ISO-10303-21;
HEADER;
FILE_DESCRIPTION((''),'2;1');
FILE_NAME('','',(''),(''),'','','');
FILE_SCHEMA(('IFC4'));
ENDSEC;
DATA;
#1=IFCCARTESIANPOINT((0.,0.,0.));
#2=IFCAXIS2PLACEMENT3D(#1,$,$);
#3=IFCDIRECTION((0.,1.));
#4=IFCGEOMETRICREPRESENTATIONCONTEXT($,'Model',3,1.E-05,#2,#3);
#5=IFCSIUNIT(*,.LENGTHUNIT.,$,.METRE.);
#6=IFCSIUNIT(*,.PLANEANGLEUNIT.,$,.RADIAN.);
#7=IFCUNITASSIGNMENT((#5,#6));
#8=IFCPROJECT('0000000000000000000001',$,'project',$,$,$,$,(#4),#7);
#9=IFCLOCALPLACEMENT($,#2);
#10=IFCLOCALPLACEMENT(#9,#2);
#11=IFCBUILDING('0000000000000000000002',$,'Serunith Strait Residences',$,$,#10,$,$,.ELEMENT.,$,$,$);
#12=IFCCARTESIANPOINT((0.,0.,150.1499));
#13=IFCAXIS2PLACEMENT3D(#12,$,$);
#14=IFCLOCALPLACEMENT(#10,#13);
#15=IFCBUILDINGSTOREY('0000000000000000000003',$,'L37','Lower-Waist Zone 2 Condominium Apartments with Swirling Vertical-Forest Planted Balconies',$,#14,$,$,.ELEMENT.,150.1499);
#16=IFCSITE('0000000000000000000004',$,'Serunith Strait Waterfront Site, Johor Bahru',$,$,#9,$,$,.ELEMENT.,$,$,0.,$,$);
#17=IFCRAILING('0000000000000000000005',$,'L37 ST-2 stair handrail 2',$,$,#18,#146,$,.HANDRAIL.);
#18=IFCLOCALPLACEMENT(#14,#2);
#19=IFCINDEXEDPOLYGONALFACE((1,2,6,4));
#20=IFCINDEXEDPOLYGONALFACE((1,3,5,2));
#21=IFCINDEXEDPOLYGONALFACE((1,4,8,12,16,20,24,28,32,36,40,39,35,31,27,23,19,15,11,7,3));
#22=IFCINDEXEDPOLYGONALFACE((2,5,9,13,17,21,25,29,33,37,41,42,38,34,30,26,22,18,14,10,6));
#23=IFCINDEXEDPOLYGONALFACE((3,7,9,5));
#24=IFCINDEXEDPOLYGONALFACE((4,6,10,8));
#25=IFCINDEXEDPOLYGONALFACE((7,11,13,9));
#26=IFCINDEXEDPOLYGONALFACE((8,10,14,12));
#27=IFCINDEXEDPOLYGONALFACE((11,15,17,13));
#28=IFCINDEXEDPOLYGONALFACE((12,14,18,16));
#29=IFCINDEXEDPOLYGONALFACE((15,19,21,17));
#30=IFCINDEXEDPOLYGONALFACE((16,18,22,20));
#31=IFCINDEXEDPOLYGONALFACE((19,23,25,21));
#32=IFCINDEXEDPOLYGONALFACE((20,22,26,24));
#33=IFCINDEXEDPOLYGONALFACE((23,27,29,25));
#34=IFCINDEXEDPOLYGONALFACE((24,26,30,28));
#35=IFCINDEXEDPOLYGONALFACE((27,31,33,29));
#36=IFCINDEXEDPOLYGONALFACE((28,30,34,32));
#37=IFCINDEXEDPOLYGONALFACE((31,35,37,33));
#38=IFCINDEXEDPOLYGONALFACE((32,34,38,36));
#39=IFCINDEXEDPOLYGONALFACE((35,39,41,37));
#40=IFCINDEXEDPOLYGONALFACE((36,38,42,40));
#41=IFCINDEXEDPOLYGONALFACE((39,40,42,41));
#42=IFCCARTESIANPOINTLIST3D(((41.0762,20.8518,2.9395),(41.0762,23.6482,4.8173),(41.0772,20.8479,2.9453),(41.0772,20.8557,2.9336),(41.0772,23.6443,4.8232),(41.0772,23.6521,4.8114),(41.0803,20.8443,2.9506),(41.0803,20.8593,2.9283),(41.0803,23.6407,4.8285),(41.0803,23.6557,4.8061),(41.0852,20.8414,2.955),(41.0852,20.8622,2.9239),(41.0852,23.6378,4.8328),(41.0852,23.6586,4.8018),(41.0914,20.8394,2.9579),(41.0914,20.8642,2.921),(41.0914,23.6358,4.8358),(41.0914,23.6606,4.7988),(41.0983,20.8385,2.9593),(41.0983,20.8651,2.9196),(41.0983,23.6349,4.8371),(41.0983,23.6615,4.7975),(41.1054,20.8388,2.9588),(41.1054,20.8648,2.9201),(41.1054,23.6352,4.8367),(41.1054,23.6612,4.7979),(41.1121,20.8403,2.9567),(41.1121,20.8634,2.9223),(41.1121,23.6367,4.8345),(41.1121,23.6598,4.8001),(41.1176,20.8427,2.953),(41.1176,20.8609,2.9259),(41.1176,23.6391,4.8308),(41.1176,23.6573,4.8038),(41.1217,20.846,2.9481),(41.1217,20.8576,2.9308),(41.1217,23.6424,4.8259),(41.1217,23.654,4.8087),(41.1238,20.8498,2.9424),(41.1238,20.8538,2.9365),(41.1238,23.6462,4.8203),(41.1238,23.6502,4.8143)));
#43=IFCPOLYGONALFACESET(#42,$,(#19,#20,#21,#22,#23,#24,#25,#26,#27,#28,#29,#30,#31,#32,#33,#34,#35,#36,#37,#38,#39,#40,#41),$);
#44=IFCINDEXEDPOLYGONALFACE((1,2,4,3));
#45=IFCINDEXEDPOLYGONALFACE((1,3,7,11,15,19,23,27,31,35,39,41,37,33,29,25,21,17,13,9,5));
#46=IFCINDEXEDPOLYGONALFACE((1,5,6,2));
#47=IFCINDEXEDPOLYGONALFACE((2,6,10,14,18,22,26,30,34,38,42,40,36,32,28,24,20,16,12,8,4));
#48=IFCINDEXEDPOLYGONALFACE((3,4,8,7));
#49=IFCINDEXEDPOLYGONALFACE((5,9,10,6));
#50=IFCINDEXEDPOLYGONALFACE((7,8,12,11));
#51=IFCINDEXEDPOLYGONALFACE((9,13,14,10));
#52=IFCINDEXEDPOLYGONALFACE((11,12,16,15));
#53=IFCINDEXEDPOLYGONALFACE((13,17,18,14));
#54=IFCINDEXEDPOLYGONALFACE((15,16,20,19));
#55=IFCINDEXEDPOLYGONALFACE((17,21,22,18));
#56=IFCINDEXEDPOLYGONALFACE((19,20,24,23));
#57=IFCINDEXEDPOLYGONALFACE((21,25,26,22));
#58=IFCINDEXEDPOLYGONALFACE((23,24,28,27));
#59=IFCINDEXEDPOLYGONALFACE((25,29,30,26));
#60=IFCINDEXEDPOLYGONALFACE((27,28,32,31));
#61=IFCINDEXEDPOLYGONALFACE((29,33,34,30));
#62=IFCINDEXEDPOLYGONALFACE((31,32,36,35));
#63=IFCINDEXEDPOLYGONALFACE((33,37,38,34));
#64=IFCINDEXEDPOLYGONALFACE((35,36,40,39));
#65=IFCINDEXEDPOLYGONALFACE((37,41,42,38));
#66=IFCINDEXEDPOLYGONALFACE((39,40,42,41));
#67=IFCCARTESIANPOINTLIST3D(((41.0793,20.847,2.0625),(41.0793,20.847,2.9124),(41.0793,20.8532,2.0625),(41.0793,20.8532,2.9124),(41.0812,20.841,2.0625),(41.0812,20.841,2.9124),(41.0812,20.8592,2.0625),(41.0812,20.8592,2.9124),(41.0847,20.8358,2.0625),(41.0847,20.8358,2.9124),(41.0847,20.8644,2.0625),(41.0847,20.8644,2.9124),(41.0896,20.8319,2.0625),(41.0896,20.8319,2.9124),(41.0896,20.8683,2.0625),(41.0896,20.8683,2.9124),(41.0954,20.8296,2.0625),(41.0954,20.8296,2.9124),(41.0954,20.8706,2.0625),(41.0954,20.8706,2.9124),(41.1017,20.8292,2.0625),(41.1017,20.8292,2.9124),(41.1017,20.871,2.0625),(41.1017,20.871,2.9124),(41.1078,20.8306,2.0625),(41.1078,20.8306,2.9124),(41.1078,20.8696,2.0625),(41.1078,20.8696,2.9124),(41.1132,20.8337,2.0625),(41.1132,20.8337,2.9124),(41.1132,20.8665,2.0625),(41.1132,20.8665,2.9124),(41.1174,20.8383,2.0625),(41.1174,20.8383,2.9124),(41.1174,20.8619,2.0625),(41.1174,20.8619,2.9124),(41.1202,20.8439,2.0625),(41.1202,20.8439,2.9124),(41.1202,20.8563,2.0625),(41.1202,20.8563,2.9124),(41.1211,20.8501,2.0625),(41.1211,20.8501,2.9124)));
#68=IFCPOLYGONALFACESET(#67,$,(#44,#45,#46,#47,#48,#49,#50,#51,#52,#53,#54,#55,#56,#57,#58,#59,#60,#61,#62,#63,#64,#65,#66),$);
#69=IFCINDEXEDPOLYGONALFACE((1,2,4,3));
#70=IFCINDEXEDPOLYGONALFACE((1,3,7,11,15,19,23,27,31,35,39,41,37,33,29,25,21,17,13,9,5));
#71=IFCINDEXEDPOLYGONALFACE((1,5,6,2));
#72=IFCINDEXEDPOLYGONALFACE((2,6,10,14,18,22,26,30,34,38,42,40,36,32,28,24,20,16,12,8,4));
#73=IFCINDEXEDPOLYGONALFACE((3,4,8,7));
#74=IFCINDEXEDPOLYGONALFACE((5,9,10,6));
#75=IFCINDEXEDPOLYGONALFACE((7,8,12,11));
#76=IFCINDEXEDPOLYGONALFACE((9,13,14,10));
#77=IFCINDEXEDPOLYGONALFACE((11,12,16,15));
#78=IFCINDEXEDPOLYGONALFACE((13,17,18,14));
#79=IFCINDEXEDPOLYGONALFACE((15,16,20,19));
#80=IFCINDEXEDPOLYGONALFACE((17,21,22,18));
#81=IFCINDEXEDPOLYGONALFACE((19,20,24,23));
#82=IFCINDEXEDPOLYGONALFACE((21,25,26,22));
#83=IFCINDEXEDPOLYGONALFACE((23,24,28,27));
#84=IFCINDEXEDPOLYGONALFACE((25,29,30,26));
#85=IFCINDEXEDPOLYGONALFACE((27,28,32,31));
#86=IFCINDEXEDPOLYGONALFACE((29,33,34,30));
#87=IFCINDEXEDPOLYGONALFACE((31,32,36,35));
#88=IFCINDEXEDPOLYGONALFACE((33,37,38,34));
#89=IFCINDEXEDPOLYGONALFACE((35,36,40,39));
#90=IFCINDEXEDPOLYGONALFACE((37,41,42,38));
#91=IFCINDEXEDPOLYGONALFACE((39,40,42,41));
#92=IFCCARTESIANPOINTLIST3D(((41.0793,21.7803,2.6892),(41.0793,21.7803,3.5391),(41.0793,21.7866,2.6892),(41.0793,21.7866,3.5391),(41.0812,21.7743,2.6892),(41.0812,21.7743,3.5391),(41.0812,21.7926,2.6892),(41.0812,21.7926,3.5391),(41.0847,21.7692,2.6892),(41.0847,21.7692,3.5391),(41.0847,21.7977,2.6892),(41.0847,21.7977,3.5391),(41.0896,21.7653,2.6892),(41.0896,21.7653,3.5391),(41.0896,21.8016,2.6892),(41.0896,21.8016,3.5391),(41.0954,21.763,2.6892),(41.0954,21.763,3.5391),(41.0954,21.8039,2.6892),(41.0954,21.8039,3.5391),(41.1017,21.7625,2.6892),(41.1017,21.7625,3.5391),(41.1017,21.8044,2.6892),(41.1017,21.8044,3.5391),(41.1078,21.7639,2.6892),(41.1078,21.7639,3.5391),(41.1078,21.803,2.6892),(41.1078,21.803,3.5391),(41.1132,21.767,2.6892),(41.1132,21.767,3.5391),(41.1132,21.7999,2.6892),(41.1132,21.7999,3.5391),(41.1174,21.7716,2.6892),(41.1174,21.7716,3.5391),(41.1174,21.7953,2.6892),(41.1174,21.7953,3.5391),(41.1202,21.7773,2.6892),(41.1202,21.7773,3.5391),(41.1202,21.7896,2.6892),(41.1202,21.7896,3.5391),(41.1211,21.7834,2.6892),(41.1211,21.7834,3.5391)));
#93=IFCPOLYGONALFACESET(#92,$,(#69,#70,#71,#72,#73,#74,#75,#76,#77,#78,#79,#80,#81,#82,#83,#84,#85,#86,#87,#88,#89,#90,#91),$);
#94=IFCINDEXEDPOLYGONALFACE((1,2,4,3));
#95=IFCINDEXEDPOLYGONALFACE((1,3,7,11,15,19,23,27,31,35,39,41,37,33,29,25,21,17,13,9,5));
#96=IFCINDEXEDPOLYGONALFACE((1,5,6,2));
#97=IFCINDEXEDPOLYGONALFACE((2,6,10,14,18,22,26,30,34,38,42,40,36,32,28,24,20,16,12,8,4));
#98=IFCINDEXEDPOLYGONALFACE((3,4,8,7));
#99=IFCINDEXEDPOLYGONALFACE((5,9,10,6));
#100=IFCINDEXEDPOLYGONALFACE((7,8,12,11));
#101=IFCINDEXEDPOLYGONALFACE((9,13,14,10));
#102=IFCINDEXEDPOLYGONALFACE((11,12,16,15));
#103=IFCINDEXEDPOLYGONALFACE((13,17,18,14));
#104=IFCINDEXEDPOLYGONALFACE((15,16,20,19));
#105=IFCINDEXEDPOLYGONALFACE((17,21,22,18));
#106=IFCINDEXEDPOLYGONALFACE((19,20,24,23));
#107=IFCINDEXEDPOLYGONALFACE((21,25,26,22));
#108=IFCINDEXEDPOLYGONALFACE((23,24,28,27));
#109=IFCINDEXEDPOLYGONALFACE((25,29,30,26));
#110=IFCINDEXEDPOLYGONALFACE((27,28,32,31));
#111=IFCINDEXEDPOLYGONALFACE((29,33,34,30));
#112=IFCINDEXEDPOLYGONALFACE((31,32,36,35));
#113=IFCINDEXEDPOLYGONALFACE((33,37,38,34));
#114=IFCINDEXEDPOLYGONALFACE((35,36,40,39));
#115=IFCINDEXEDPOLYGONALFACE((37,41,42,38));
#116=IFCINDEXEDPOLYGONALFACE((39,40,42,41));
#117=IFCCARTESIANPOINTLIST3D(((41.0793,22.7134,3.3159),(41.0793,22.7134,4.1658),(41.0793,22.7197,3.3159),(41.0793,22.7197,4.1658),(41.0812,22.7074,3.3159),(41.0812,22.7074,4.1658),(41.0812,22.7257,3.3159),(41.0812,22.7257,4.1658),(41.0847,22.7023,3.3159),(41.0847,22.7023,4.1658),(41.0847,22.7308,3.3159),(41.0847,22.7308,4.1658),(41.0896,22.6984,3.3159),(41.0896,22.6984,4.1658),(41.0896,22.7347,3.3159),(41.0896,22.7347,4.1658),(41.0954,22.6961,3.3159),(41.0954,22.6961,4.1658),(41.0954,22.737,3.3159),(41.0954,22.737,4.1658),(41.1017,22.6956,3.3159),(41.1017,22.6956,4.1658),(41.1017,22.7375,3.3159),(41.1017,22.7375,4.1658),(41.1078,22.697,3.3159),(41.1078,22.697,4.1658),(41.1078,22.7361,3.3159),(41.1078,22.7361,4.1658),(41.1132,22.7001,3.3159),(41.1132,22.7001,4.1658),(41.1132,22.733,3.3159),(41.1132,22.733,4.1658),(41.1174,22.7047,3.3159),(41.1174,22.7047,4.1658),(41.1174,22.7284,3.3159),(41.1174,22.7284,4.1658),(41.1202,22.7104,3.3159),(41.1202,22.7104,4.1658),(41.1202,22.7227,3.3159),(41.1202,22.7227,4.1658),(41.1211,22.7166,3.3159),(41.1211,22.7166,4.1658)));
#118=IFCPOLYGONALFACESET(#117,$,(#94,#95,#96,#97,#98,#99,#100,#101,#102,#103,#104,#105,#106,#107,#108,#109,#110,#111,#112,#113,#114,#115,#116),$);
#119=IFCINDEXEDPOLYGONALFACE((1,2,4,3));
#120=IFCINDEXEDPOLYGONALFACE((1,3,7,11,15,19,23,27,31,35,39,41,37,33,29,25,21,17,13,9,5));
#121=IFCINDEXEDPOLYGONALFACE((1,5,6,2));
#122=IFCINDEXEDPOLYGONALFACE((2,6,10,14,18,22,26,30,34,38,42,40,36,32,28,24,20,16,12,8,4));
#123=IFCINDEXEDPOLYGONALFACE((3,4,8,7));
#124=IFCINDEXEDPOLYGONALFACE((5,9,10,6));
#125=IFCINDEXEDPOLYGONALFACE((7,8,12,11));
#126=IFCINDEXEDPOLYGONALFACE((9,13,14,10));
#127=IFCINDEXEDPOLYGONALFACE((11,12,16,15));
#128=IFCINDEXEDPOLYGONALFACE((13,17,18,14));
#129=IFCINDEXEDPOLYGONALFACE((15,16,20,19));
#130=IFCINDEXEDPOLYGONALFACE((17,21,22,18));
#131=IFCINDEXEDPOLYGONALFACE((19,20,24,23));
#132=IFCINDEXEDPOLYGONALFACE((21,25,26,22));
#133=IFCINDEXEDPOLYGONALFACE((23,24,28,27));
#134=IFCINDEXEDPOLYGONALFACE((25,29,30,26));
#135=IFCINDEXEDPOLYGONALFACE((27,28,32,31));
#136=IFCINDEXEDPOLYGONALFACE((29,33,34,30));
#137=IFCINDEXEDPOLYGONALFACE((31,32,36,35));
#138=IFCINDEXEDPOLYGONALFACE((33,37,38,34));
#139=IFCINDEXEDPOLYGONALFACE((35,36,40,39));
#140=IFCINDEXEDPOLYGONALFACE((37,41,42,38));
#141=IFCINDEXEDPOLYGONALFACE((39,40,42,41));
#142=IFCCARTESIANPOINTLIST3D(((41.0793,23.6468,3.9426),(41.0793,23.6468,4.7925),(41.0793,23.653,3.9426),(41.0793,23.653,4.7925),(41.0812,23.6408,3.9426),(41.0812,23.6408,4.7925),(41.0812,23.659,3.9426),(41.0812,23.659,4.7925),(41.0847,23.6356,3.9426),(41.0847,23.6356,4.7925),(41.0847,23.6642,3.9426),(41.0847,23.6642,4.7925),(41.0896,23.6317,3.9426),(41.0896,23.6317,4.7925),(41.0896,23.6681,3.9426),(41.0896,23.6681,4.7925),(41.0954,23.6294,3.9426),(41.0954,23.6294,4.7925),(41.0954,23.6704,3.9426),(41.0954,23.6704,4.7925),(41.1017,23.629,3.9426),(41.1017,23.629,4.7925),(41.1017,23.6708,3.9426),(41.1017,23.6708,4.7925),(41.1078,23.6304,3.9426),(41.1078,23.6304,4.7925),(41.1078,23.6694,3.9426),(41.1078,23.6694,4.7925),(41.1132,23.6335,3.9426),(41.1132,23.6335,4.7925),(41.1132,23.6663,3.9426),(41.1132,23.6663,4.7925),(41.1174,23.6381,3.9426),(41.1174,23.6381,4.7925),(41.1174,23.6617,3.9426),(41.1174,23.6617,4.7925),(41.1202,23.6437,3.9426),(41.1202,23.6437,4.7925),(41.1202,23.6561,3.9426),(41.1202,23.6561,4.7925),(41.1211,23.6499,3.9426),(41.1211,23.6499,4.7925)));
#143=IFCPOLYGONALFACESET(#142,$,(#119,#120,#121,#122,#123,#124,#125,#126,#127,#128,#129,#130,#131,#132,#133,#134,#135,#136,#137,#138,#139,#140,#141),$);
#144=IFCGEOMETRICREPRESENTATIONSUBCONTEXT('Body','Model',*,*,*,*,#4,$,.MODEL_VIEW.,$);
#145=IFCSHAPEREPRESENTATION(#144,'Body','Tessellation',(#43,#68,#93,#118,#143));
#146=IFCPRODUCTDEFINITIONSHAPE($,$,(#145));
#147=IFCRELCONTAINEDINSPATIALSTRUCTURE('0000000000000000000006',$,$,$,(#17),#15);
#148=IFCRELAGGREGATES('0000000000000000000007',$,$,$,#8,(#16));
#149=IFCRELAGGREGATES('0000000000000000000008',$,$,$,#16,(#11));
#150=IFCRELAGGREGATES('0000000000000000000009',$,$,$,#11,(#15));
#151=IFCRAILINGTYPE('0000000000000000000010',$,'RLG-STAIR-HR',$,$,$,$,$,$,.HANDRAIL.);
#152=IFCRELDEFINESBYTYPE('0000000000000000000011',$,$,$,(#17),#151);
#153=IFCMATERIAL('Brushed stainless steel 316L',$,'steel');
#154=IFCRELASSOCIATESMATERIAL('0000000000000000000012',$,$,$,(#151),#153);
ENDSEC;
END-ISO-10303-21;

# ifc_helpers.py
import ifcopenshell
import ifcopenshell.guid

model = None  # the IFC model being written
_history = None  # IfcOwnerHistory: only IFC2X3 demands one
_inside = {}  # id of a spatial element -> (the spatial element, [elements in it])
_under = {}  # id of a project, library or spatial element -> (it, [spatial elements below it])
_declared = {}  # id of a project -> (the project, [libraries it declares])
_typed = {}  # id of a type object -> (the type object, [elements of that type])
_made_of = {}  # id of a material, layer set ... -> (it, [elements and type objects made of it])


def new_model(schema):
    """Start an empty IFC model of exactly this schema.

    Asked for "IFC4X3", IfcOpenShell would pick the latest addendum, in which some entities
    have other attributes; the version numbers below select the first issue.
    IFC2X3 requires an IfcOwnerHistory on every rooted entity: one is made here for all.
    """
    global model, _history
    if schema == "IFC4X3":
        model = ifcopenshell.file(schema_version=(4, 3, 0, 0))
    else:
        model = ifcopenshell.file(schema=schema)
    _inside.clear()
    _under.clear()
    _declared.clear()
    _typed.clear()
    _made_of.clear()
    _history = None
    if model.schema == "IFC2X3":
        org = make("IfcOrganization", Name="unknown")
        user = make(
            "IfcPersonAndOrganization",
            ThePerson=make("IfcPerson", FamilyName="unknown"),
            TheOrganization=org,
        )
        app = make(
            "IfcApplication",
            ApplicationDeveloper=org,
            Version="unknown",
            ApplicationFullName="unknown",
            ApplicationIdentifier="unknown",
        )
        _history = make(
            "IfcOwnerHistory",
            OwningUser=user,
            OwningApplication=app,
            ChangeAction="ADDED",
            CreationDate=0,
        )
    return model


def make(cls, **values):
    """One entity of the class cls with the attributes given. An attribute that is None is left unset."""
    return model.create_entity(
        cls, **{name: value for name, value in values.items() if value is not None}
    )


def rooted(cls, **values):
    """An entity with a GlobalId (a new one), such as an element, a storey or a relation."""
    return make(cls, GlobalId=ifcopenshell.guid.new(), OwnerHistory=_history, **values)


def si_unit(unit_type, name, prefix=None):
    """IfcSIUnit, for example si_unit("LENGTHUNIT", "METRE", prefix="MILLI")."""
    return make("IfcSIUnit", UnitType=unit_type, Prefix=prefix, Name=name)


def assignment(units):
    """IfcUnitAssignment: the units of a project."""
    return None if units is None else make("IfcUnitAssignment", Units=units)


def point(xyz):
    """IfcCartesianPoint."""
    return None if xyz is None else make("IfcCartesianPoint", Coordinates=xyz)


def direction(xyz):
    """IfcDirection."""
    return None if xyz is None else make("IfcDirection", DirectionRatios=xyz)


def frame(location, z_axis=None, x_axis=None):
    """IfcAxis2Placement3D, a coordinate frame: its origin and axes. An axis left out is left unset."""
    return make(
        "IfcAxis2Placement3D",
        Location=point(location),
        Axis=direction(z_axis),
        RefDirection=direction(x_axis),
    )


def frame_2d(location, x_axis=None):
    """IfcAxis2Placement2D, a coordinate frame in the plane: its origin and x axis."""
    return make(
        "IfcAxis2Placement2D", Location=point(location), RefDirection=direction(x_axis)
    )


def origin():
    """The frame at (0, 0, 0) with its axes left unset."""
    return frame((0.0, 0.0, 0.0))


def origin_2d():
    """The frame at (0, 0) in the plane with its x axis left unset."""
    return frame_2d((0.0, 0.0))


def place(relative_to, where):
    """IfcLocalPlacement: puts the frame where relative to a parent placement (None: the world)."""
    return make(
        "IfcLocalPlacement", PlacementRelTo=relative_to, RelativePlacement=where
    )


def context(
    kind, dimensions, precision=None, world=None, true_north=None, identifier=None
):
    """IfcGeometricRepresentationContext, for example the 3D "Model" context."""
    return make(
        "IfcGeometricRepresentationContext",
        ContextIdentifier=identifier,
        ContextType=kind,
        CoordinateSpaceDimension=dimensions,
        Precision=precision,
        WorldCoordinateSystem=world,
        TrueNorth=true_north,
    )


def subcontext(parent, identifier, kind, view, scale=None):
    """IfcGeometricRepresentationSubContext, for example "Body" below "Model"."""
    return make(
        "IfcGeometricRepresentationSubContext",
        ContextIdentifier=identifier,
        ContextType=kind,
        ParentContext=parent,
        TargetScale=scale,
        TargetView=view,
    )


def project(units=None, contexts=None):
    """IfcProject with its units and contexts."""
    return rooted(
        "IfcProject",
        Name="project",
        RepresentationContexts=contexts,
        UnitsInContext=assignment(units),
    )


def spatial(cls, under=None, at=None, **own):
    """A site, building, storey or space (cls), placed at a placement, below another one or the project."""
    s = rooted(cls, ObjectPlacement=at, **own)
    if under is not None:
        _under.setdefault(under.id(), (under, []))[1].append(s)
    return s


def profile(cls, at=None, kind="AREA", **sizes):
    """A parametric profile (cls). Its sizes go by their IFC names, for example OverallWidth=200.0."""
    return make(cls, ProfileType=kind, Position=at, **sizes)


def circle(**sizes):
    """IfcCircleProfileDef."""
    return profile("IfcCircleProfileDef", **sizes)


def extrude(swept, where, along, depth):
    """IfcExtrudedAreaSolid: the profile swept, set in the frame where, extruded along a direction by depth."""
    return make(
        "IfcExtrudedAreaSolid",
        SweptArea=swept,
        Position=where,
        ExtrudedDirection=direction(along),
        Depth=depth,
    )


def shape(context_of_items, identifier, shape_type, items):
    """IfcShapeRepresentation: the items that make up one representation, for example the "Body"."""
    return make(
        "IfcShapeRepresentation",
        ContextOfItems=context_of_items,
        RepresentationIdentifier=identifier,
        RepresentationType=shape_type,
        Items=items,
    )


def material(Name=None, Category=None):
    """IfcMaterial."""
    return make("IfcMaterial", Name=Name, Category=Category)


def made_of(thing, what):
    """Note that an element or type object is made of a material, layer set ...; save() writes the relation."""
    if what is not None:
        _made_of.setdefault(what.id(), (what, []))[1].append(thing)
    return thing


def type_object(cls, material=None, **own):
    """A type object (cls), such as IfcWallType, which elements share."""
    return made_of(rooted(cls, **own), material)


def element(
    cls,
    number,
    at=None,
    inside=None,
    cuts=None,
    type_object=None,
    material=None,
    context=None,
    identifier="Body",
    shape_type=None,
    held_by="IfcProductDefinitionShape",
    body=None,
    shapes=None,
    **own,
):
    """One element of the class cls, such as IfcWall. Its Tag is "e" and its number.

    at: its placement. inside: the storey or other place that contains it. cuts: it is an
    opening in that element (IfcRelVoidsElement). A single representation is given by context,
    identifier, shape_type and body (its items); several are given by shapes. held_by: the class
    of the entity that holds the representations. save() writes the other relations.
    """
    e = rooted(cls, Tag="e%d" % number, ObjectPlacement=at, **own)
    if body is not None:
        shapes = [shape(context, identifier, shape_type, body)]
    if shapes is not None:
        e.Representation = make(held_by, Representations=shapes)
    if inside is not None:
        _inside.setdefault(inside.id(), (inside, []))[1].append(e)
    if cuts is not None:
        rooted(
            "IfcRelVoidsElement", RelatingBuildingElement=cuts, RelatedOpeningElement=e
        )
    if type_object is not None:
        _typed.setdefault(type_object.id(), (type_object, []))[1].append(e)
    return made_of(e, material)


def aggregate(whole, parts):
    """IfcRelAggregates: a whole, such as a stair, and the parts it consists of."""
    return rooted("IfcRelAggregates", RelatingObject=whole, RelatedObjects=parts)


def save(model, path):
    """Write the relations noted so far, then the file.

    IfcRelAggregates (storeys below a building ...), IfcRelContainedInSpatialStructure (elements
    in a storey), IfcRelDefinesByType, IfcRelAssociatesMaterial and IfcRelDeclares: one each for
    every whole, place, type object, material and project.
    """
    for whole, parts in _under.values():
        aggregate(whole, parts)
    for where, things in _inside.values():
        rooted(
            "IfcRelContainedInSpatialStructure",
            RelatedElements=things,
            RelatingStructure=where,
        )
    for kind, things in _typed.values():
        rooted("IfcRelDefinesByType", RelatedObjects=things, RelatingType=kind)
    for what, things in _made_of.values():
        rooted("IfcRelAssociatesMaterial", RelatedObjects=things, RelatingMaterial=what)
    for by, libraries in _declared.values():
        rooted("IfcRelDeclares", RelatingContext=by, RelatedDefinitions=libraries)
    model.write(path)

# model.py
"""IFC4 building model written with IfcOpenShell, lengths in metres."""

from ifc_helpers import new_model, si_unit, direction, frame, origin, origin_2d, place, context, subcontext, project, spatial, circle, extrude, material, type_object, element, save


model = new_model("IFC4")

# Units and contexts
model_context = context("Model", 3, precision=1e-05, world=origin(), true_north=direction((0.0, 1.0)))
body_context = subcontext(model_context, "Body", "Model", "MODEL_VIEW")
ifc_project = project(units=[si_unit("LENGTHUNIT", "METRE"), si_unit("PLANEANGLEUNIT", "RADIAN")], contexts=[model_context])

# Site, building, storey
site_placement = place(None, origin())
site = spatial("IfcSite", under=ifc_project, at=site_placement, Name="Serunith Strait Waterfront Site, Johor Bahru", CompositionType="ELEMENT", RefElevation=0.0)
building_placement = place(site_placement, origin())
building = spatial("IfcBuilding", under=site, at=building_placement, Name="Serunith Strait Residences", CompositionType="ELEMENT")
storey_placement = place(building_placement, frame((0.0, 0.0, 150.1499)))
storey = spatial("IfcBuildingStorey", under=building, at=storey_placement, Name="L37", Description="Lower-Waist Zone 2 Condominium Apartments with Swirling Vertical-Forest Planted Balconies", CompositionType="ELEMENT", Elevation=150.1499)

# Railing
ifc_material_1 = material(Name="Brushed stainless steel 316L", Category="steel")
railing_type_1 = type_object("IfcRailingType", Name="RLG-STAIR-HR", PredefinedType="HANDRAIL", material=ifc_material_1)
railing_1_placement = place(storey_placement, frame((41.1001, 20.8501, 2.0625)))
element("IfcRailing", 1, at=railing_1_placement, inside=storey, type_object=railing_type_1, Name="L37 ST-2 stair handrail 2", PredefinedType="HANDRAIL", context=body_context, shape_type="SweptSolid", body=[
    extrude(circle(Radius=0.0239, at=origin_2d()), frame((0.0, 0.0017, 0.877), z_axis=(0.0, 0.830186, 0.557487), x_axis=(-1.0, 0.0, 0.0)), (0.0, 0.0, 1.0), 3.3684),
    extrude(circle(Radius=0.021, at=origin_2d()), origin(), (0.0, 0.0, 1.0), 0.8499),
    extrude(circle(Radius=0.021, at=origin_2d()), frame((0.0, 0.9333, 0.6267)), (0.0, 0.0, 1.0), 0.8499),
    extrude(circle(Radius=0.021, at=origin_2d()), frame((0.0, 1.8665, 1.2534)), (0.0, 0.0, 1.0), 0.8499),
    extrude(circle(Radius=0.021, at=origin_2d()), frame((0.0, 2.7998, 1.8801)), (0.0, 0.0, 1.0), 0.8499),
])

save(model, "model.ifc")
